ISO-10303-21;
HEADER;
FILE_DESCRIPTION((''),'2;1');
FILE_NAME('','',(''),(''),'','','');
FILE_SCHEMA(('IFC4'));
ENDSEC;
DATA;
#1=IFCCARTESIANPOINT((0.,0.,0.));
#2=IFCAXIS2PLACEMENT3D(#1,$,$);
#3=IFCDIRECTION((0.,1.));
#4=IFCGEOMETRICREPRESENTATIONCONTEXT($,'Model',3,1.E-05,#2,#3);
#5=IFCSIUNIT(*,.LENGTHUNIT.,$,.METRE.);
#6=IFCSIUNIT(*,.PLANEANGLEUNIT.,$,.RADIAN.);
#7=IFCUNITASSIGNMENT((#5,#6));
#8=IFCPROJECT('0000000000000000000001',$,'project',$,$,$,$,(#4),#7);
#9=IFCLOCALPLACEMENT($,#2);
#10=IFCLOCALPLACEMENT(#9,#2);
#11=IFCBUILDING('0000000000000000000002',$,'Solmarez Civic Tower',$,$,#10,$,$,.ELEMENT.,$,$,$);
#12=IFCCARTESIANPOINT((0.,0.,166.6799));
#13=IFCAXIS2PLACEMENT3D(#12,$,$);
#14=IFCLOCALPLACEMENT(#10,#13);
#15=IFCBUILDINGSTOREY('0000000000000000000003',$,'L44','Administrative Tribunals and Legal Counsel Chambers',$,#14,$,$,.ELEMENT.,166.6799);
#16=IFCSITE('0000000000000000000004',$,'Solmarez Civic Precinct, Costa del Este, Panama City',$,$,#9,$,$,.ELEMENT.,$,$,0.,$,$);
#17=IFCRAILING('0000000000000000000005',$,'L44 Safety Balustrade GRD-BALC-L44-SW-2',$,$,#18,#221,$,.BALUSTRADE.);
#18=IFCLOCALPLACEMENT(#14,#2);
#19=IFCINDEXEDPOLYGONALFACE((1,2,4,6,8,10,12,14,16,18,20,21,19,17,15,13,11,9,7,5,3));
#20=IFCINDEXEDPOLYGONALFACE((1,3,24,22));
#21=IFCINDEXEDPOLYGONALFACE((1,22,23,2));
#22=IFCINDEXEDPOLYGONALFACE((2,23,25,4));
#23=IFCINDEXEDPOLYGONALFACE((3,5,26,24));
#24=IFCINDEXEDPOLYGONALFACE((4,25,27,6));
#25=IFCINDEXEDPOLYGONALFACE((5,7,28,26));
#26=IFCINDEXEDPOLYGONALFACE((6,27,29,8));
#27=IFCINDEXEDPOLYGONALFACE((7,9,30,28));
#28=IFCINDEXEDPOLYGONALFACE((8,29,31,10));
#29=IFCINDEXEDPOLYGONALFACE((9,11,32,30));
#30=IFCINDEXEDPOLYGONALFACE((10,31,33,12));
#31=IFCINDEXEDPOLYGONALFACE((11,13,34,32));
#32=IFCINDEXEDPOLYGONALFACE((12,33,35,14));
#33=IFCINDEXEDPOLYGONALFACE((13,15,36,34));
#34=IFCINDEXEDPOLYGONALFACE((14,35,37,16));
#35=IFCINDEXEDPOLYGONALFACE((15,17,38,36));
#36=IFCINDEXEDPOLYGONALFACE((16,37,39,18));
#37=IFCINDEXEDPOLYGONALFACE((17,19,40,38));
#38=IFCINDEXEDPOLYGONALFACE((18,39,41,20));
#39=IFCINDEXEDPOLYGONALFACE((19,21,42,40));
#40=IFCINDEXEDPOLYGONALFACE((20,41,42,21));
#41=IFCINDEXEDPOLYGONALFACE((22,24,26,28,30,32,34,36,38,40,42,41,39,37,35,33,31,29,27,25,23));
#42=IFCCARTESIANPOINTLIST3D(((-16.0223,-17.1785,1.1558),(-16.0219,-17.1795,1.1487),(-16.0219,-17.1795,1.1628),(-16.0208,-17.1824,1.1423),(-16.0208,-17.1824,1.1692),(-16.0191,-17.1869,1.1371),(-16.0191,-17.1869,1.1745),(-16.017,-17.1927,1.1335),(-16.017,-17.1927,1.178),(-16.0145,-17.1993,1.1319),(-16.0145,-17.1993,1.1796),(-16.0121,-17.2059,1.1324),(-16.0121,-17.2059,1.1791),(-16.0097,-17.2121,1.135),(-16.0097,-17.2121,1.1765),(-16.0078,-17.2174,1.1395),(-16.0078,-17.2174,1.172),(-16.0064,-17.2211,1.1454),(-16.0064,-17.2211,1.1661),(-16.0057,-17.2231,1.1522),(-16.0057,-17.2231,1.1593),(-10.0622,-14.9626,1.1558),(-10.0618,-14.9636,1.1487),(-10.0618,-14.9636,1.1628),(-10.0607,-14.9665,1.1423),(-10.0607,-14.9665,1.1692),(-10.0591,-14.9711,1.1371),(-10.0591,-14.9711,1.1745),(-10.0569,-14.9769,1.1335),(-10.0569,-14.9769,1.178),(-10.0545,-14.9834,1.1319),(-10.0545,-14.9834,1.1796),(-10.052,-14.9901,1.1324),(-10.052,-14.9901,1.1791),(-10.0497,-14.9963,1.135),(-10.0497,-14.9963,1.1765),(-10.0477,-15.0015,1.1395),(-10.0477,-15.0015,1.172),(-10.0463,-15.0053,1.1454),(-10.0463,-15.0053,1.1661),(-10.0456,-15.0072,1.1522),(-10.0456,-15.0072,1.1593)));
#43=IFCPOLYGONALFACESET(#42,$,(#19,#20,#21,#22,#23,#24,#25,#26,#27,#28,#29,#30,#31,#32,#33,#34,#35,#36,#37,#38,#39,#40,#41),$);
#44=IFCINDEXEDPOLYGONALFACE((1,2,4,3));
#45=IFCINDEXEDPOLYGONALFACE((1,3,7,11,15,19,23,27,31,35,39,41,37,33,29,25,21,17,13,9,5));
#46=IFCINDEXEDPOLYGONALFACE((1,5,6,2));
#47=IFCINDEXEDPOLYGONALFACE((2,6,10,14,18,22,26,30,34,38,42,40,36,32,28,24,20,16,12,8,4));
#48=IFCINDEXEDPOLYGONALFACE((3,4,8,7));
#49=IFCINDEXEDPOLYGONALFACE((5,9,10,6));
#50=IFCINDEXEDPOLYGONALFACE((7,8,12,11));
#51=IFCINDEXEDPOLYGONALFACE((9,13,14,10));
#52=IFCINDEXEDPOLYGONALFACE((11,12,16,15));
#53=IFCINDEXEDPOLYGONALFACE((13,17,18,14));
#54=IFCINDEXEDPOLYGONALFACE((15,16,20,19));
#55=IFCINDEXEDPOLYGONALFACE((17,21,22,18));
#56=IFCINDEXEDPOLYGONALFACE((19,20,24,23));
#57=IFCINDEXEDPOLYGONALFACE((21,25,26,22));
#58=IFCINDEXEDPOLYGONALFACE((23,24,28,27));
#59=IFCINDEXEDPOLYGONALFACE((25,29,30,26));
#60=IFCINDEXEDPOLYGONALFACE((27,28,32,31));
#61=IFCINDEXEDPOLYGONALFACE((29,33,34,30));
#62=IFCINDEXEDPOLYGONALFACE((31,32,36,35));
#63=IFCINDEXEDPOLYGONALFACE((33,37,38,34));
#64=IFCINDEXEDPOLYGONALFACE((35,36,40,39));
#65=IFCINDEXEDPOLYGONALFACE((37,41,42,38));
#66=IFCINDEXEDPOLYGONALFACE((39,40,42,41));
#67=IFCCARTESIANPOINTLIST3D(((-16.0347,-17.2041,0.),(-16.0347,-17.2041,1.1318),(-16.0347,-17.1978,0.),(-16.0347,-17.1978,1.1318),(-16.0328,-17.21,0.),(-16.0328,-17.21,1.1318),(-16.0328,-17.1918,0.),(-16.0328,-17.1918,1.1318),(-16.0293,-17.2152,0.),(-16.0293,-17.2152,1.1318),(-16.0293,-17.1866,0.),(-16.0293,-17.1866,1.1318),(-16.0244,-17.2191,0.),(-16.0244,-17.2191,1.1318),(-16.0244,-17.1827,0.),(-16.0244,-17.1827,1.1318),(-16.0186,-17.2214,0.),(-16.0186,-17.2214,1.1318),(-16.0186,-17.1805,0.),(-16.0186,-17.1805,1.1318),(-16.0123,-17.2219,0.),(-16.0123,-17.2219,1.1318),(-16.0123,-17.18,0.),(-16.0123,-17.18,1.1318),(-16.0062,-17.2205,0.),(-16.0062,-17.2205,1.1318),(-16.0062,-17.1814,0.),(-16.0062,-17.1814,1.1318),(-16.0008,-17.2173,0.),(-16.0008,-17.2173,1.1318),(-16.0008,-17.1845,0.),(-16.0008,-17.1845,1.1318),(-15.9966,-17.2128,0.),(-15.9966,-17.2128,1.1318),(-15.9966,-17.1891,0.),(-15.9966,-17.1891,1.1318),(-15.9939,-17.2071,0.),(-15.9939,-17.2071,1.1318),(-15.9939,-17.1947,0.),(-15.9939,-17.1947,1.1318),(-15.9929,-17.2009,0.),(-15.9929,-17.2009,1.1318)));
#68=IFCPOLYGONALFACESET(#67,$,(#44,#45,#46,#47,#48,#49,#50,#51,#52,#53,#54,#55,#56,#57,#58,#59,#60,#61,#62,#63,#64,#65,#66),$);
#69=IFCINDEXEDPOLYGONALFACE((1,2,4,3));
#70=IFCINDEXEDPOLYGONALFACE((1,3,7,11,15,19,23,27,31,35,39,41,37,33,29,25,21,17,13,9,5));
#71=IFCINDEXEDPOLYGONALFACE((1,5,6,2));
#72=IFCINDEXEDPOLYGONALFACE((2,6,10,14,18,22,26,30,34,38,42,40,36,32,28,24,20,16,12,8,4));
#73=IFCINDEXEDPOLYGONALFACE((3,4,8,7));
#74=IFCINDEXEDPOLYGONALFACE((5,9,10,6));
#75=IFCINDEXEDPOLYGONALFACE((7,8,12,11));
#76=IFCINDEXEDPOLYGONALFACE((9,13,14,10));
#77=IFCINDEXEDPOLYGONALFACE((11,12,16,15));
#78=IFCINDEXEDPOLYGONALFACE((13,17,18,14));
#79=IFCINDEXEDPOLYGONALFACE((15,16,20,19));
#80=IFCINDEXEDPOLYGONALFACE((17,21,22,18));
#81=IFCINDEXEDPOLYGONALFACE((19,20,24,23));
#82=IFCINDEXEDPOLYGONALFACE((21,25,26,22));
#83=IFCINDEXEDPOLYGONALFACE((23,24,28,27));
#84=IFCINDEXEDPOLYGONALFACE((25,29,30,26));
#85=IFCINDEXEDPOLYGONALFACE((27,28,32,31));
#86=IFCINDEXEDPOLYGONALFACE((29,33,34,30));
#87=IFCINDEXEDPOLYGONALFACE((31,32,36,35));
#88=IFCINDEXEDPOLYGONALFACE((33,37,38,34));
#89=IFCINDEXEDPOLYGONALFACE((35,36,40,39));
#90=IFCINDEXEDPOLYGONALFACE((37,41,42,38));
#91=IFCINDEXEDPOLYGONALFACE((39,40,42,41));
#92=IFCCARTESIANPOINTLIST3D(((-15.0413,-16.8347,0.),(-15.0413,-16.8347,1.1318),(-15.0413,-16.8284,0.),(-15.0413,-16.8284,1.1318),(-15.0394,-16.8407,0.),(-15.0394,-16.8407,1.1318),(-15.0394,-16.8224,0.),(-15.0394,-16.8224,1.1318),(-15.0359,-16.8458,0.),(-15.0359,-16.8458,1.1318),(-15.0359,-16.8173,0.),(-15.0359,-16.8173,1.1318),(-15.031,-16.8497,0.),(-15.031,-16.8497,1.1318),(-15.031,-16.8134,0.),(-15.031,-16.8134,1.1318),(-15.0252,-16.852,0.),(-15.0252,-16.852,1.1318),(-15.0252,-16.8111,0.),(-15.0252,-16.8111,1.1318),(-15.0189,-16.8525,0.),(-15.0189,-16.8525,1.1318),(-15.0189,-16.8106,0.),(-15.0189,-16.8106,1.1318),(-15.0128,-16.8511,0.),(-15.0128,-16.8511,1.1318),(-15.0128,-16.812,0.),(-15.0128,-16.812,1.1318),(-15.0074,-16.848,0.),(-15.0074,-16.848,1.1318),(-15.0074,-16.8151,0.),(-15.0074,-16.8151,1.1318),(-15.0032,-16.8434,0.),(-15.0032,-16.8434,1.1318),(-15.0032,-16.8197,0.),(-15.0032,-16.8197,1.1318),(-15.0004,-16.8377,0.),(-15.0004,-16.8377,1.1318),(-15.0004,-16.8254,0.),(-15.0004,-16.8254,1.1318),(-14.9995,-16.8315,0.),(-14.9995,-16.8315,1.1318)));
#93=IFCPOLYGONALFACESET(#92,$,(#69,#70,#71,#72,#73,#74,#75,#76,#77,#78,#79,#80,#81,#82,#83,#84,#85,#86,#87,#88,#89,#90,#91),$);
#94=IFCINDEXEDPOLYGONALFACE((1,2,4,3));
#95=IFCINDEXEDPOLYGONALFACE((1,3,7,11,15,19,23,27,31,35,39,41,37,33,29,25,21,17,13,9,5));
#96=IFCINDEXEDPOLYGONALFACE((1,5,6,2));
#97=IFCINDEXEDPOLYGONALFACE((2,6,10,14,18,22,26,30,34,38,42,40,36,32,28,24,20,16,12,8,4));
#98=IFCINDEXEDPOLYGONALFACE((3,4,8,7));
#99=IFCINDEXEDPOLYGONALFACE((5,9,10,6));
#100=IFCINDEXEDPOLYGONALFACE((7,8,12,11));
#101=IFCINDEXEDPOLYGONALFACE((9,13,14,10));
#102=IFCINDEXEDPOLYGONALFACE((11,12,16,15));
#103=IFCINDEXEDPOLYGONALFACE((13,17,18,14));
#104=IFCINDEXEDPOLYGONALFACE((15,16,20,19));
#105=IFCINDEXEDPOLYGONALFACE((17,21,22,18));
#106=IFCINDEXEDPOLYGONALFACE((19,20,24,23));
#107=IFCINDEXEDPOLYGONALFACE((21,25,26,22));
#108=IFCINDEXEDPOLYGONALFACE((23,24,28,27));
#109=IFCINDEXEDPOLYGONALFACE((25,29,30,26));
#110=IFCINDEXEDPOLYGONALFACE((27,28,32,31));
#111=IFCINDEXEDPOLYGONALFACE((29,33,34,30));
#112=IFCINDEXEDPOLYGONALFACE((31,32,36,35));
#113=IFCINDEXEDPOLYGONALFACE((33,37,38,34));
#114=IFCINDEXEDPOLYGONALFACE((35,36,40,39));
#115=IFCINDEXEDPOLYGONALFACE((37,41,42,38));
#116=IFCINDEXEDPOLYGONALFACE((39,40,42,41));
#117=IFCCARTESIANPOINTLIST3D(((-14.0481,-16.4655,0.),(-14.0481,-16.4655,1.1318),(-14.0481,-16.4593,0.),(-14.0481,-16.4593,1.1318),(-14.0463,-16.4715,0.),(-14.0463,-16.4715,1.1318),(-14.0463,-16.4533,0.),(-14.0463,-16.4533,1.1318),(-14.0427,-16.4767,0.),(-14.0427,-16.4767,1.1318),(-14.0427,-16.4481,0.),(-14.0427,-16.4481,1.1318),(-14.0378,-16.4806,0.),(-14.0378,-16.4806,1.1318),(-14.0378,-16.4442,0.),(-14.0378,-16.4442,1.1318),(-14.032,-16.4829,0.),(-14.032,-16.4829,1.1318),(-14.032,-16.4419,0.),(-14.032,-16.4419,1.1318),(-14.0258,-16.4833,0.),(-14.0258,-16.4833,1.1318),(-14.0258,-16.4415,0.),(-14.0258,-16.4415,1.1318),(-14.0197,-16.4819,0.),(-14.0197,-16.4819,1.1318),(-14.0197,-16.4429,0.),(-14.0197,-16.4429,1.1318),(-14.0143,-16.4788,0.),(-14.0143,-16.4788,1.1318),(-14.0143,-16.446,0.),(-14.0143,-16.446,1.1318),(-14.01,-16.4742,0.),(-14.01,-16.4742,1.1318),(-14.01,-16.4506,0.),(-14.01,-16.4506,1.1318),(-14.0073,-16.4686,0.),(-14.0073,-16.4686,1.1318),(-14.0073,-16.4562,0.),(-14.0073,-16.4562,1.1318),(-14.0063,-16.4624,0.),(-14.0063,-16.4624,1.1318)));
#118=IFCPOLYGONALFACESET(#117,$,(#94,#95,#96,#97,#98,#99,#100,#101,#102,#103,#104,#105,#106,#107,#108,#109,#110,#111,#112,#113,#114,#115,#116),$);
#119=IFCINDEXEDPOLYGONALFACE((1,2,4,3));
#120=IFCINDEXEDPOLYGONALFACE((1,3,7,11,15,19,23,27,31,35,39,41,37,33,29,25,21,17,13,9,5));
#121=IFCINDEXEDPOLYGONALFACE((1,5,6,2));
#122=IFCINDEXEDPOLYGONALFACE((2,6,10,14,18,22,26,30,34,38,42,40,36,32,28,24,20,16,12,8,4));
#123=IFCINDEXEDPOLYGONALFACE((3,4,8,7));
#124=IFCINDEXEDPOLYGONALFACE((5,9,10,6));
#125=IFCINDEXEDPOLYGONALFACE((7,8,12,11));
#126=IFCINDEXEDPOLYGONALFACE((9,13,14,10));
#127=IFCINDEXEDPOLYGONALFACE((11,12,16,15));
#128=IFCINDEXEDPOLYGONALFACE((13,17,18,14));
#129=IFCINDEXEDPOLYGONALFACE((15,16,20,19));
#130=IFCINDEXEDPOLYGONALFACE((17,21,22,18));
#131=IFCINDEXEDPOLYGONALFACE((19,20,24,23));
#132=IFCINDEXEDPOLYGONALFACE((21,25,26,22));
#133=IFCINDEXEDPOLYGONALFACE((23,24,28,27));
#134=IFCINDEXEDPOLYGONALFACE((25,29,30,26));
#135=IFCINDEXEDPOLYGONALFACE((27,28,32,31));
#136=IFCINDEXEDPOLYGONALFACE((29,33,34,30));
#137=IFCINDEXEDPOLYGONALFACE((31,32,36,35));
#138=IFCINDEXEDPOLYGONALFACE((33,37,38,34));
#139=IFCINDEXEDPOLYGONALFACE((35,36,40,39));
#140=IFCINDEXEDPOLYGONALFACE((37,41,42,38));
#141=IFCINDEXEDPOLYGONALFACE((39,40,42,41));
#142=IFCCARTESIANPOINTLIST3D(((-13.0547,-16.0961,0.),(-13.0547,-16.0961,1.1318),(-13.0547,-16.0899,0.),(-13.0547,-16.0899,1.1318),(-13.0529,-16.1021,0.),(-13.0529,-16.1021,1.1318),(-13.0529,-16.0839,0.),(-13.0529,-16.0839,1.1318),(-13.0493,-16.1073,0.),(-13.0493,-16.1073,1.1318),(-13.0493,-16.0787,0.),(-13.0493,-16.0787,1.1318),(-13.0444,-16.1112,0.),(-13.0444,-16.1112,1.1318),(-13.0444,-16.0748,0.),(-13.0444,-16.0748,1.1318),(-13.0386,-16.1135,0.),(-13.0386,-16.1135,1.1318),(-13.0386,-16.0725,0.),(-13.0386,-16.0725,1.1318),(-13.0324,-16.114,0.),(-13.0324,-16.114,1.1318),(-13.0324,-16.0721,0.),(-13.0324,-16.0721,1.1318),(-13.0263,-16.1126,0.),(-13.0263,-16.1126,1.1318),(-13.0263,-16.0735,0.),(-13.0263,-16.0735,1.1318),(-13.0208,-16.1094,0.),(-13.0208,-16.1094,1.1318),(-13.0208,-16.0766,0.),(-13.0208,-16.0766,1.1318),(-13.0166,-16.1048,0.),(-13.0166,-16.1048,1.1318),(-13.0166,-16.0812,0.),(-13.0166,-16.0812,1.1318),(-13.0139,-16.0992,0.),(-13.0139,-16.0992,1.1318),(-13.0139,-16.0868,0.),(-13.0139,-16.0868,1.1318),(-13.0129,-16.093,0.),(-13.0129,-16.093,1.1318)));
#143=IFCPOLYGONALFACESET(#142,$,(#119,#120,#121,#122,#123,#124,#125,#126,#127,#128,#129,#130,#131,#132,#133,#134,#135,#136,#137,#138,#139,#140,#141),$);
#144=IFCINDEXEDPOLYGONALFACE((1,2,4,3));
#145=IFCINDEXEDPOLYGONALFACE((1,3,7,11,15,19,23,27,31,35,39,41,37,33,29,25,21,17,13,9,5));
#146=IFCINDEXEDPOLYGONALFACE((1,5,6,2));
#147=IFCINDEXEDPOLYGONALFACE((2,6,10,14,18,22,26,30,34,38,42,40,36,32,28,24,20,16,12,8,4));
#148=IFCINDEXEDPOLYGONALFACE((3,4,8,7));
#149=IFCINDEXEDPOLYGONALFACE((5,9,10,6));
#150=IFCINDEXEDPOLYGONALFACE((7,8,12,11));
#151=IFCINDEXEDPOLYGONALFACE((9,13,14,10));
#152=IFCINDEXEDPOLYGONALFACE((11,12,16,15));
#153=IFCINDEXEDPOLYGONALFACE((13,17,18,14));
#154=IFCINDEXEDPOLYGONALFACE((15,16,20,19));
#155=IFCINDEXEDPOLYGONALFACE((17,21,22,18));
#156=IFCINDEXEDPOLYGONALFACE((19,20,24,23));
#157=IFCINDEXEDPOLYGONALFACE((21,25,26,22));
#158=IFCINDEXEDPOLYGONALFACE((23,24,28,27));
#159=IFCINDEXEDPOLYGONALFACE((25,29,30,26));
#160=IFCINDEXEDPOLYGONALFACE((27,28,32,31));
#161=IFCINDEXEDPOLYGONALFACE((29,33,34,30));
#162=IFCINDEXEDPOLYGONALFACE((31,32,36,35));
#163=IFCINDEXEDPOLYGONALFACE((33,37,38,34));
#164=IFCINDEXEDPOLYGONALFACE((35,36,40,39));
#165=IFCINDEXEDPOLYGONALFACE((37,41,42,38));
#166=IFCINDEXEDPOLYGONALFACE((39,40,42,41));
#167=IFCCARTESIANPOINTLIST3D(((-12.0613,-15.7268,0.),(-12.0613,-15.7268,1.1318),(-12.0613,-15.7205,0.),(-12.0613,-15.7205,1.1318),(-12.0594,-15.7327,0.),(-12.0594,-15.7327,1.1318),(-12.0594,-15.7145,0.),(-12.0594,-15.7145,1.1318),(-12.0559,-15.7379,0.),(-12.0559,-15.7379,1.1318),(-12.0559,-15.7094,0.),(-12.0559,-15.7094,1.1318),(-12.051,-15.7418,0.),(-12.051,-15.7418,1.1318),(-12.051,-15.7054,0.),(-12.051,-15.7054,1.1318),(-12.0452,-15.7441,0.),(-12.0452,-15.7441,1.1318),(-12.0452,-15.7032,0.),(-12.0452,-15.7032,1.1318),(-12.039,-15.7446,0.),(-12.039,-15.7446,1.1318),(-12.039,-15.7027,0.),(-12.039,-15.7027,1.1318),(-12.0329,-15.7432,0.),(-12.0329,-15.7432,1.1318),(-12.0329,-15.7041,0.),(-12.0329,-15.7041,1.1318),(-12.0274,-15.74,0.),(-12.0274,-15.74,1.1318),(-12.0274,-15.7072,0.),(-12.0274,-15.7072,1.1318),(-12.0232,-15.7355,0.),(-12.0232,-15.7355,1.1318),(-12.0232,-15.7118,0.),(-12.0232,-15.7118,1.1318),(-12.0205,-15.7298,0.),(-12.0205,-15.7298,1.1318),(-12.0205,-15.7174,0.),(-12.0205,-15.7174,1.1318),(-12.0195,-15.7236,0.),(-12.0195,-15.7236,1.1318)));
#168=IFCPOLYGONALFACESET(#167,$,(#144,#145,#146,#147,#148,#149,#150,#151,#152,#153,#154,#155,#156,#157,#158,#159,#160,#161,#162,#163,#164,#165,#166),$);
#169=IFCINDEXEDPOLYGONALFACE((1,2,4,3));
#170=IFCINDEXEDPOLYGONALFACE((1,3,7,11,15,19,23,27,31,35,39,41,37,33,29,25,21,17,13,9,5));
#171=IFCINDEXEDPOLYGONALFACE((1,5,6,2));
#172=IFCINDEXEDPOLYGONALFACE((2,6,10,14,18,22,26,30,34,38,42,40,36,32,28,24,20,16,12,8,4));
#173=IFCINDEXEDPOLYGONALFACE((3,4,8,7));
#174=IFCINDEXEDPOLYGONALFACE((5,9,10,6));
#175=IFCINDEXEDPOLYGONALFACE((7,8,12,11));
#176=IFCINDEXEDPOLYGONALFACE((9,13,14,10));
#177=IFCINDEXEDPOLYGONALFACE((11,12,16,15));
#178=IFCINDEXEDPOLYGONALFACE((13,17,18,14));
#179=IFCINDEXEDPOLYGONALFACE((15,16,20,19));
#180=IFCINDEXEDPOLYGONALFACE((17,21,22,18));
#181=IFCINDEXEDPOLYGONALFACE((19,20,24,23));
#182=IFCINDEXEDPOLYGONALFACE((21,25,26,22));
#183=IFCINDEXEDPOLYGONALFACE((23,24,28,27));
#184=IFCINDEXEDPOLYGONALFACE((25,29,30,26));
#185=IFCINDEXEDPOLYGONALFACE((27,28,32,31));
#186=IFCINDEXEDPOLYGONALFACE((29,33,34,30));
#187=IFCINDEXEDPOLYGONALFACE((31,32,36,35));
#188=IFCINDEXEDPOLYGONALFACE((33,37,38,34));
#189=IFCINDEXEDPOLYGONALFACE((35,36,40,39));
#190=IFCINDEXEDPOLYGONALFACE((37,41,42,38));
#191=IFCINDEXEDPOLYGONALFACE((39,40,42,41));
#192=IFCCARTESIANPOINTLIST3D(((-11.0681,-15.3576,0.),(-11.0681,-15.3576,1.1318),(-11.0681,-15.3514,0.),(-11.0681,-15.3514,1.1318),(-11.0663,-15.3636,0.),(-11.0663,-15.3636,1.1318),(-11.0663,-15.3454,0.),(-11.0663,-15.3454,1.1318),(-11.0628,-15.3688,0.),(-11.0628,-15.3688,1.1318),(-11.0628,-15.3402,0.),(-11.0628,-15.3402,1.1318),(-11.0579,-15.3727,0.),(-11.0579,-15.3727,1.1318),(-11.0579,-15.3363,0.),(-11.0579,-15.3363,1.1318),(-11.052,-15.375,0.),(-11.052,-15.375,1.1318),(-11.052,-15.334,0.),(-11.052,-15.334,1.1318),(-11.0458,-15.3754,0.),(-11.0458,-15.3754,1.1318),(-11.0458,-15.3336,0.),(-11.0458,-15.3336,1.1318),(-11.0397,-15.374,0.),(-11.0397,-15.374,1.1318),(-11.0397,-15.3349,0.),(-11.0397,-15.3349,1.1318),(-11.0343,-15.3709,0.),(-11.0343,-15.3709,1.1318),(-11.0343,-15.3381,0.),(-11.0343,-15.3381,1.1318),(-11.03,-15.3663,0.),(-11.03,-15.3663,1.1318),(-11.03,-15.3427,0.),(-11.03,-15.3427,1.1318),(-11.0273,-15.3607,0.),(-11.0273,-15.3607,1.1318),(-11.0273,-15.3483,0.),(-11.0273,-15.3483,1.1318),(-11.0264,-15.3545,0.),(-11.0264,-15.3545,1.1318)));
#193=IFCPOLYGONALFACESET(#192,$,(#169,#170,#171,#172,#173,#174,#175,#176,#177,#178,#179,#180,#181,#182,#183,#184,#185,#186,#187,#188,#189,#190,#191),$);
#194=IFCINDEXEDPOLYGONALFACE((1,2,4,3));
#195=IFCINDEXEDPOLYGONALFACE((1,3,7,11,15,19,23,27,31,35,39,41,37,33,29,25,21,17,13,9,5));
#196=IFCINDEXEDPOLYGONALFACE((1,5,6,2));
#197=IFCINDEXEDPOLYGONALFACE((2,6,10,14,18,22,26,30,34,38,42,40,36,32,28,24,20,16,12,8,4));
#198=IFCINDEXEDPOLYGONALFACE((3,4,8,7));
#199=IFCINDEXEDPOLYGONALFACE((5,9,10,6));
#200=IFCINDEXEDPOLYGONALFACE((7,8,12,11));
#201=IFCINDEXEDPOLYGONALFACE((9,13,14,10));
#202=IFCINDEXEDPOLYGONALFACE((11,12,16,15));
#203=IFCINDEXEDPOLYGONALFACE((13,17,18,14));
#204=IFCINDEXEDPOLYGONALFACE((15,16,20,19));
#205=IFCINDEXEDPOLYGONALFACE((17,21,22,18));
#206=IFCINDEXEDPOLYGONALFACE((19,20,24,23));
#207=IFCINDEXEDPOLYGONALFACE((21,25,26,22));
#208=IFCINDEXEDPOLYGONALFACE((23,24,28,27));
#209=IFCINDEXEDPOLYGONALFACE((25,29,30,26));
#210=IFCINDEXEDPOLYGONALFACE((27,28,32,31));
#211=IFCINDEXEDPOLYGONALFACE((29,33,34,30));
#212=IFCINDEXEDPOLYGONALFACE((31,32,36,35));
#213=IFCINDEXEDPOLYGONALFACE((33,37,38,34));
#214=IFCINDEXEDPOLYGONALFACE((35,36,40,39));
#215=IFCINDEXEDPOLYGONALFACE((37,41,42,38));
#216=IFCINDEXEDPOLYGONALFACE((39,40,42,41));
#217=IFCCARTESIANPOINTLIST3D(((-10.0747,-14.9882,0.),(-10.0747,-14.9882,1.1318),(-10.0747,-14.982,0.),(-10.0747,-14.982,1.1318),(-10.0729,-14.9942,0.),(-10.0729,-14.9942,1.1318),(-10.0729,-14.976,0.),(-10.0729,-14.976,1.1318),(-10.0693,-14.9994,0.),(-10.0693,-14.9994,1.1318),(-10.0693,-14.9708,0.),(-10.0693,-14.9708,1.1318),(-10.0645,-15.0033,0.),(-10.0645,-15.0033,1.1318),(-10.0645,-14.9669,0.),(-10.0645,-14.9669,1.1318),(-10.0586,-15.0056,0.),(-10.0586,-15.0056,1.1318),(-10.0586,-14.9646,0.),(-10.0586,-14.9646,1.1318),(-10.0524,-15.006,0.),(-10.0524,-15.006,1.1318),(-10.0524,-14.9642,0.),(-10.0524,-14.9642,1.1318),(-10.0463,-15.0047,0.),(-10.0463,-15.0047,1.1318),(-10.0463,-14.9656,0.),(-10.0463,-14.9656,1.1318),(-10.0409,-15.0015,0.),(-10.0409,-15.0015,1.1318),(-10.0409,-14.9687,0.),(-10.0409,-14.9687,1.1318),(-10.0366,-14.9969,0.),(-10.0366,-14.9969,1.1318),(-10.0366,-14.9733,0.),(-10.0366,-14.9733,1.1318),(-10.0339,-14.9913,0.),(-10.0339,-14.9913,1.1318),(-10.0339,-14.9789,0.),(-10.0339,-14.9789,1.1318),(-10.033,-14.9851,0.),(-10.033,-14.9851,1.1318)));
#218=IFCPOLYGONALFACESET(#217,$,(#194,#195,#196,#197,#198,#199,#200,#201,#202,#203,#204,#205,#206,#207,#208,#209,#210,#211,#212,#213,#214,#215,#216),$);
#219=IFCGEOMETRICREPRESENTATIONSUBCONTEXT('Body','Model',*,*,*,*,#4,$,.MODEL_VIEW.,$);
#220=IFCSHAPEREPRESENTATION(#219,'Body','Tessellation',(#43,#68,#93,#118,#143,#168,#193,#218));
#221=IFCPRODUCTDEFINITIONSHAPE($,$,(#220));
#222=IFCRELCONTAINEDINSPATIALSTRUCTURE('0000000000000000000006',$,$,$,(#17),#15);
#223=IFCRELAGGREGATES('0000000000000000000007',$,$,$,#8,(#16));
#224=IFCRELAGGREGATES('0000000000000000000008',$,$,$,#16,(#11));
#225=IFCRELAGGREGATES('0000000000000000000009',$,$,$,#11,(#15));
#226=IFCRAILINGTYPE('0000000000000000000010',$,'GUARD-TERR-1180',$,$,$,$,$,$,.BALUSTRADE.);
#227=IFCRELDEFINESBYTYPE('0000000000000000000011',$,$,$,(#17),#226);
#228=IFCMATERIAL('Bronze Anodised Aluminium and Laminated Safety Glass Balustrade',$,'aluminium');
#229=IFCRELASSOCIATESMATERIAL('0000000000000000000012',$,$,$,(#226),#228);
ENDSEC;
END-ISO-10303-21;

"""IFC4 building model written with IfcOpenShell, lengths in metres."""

from ifc_helpers import new_model, si_unit, direction, frame, origin, origin_2d, place, context, subcontext, project, spatial, circle, extrude, material, type_object, element, save


model = new_model("IFC4")

# Units and contexts
model_context = context("Model", 3, precision=1e-05, world=origin(), true_north=direction((0.0, 1.0)))
body_context = subcontext(model_context, "Body", "Model", "MODEL_VIEW")
ifc_project = project(units=[si_unit("LENGTHUNIT", "METRE"), si_unit("PLANEANGLEUNIT", "RADIAN")], contexts=[model_context])

# Site, building, storey
site_placement = place(None, origin())
site = spatial("IfcSite", under=ifc_project, at=site_placement, Name="Solmarez Civic Precinct, Costa del Este, Panama City", CompositionType="ELEMENT", RefElevation=0.0)
building_placement = place(site_placement, origin())
building = spatial("IfcBuilding", under=site, at=building_placement, Name="Solmarez Civic Tower", CompositionType="ELEMENT")
storey_placement = place(building_placement, frame((0.0, 0.0, 166.6799)))
storey = spatial("IfcBuildingStorey", under=building, at=storey_placement, Name="L44", Description="Administrative Tribunals and Legal Counsel Chambers", CompositionType="ELEMENT", Elevation=166.6799)

# Railing
ifc_material_1 = material(Name="Bronze Anodised Aluminium and Laminated Safety Glass Balustrade", Category="aluminium")
railing_type = type_object("IfcRailingType", Name="GUARD-TERR-1180", PredefinedType="BALUSTRADE", material=ifc_material_1)
railing_1_placement = place(storey_placement, frame((-16.0139, -17.2009, 0.0)))
element("IfcRailing", 1, at=railing_1_placement, inside=storey, type_object=railing_type, Name="L44 Safety Balustrade GRD-BALC-L44-SW-2", PredefinedType="BALUSTRADE", context=body_context, shape_type="SweptSolid", body=[
    extrude(circle(Radius=0.0239, at=origin_2d()), frame((0.0, 0.0, 1.1558), z_axis=(0.937316, 0.34848, 0.0), x_axis=(-0.34848, 0.937316, 0.0)), (0.0, 0.0, 1.0), 6.3586),
    extrude(circle(Radius=0.021, at=origin_2d()), origin(), (0.0, 0.0, 1.0), 1.1318),
    extrude(circle(Radius=0.021, at=origin_2d()), frame((0.9934, 0.3694, 0.0)), (0.0, 0.0, 1.0), 1.1318),
    extrude(circle(Radius=0.021, at=origin_2d()), frame((1.9866, 0.7385, 0.0)), (0.0, 0.0, 1.0), 1.1318),
    extrude(circle(Radius=0.021, at=origin_2d()), frame((2.98, 1.1079, 0.0)), (0.0, 0.0, 1.0), 1.1318),
    extrude(circle(Radius=0.021, at=origin_2d()), frame((3.9734, 1.4773, 0.0)), (0.0, 0.0, 1.0), 1.1318),
    extrude(circle(Radius=0.021, at=origin_2d()), frame((4.9666, 1.8464, 0.0)), (0.0, 0.0, 1.0), 1.1318),
    extrude(circle(Radius=0.021, at=origin_2d()), frame((5.96, 2.2158, 0.0)), (0.0, 0.0, 1.0), 1.1318),
])

save(model, "model.ifc")
